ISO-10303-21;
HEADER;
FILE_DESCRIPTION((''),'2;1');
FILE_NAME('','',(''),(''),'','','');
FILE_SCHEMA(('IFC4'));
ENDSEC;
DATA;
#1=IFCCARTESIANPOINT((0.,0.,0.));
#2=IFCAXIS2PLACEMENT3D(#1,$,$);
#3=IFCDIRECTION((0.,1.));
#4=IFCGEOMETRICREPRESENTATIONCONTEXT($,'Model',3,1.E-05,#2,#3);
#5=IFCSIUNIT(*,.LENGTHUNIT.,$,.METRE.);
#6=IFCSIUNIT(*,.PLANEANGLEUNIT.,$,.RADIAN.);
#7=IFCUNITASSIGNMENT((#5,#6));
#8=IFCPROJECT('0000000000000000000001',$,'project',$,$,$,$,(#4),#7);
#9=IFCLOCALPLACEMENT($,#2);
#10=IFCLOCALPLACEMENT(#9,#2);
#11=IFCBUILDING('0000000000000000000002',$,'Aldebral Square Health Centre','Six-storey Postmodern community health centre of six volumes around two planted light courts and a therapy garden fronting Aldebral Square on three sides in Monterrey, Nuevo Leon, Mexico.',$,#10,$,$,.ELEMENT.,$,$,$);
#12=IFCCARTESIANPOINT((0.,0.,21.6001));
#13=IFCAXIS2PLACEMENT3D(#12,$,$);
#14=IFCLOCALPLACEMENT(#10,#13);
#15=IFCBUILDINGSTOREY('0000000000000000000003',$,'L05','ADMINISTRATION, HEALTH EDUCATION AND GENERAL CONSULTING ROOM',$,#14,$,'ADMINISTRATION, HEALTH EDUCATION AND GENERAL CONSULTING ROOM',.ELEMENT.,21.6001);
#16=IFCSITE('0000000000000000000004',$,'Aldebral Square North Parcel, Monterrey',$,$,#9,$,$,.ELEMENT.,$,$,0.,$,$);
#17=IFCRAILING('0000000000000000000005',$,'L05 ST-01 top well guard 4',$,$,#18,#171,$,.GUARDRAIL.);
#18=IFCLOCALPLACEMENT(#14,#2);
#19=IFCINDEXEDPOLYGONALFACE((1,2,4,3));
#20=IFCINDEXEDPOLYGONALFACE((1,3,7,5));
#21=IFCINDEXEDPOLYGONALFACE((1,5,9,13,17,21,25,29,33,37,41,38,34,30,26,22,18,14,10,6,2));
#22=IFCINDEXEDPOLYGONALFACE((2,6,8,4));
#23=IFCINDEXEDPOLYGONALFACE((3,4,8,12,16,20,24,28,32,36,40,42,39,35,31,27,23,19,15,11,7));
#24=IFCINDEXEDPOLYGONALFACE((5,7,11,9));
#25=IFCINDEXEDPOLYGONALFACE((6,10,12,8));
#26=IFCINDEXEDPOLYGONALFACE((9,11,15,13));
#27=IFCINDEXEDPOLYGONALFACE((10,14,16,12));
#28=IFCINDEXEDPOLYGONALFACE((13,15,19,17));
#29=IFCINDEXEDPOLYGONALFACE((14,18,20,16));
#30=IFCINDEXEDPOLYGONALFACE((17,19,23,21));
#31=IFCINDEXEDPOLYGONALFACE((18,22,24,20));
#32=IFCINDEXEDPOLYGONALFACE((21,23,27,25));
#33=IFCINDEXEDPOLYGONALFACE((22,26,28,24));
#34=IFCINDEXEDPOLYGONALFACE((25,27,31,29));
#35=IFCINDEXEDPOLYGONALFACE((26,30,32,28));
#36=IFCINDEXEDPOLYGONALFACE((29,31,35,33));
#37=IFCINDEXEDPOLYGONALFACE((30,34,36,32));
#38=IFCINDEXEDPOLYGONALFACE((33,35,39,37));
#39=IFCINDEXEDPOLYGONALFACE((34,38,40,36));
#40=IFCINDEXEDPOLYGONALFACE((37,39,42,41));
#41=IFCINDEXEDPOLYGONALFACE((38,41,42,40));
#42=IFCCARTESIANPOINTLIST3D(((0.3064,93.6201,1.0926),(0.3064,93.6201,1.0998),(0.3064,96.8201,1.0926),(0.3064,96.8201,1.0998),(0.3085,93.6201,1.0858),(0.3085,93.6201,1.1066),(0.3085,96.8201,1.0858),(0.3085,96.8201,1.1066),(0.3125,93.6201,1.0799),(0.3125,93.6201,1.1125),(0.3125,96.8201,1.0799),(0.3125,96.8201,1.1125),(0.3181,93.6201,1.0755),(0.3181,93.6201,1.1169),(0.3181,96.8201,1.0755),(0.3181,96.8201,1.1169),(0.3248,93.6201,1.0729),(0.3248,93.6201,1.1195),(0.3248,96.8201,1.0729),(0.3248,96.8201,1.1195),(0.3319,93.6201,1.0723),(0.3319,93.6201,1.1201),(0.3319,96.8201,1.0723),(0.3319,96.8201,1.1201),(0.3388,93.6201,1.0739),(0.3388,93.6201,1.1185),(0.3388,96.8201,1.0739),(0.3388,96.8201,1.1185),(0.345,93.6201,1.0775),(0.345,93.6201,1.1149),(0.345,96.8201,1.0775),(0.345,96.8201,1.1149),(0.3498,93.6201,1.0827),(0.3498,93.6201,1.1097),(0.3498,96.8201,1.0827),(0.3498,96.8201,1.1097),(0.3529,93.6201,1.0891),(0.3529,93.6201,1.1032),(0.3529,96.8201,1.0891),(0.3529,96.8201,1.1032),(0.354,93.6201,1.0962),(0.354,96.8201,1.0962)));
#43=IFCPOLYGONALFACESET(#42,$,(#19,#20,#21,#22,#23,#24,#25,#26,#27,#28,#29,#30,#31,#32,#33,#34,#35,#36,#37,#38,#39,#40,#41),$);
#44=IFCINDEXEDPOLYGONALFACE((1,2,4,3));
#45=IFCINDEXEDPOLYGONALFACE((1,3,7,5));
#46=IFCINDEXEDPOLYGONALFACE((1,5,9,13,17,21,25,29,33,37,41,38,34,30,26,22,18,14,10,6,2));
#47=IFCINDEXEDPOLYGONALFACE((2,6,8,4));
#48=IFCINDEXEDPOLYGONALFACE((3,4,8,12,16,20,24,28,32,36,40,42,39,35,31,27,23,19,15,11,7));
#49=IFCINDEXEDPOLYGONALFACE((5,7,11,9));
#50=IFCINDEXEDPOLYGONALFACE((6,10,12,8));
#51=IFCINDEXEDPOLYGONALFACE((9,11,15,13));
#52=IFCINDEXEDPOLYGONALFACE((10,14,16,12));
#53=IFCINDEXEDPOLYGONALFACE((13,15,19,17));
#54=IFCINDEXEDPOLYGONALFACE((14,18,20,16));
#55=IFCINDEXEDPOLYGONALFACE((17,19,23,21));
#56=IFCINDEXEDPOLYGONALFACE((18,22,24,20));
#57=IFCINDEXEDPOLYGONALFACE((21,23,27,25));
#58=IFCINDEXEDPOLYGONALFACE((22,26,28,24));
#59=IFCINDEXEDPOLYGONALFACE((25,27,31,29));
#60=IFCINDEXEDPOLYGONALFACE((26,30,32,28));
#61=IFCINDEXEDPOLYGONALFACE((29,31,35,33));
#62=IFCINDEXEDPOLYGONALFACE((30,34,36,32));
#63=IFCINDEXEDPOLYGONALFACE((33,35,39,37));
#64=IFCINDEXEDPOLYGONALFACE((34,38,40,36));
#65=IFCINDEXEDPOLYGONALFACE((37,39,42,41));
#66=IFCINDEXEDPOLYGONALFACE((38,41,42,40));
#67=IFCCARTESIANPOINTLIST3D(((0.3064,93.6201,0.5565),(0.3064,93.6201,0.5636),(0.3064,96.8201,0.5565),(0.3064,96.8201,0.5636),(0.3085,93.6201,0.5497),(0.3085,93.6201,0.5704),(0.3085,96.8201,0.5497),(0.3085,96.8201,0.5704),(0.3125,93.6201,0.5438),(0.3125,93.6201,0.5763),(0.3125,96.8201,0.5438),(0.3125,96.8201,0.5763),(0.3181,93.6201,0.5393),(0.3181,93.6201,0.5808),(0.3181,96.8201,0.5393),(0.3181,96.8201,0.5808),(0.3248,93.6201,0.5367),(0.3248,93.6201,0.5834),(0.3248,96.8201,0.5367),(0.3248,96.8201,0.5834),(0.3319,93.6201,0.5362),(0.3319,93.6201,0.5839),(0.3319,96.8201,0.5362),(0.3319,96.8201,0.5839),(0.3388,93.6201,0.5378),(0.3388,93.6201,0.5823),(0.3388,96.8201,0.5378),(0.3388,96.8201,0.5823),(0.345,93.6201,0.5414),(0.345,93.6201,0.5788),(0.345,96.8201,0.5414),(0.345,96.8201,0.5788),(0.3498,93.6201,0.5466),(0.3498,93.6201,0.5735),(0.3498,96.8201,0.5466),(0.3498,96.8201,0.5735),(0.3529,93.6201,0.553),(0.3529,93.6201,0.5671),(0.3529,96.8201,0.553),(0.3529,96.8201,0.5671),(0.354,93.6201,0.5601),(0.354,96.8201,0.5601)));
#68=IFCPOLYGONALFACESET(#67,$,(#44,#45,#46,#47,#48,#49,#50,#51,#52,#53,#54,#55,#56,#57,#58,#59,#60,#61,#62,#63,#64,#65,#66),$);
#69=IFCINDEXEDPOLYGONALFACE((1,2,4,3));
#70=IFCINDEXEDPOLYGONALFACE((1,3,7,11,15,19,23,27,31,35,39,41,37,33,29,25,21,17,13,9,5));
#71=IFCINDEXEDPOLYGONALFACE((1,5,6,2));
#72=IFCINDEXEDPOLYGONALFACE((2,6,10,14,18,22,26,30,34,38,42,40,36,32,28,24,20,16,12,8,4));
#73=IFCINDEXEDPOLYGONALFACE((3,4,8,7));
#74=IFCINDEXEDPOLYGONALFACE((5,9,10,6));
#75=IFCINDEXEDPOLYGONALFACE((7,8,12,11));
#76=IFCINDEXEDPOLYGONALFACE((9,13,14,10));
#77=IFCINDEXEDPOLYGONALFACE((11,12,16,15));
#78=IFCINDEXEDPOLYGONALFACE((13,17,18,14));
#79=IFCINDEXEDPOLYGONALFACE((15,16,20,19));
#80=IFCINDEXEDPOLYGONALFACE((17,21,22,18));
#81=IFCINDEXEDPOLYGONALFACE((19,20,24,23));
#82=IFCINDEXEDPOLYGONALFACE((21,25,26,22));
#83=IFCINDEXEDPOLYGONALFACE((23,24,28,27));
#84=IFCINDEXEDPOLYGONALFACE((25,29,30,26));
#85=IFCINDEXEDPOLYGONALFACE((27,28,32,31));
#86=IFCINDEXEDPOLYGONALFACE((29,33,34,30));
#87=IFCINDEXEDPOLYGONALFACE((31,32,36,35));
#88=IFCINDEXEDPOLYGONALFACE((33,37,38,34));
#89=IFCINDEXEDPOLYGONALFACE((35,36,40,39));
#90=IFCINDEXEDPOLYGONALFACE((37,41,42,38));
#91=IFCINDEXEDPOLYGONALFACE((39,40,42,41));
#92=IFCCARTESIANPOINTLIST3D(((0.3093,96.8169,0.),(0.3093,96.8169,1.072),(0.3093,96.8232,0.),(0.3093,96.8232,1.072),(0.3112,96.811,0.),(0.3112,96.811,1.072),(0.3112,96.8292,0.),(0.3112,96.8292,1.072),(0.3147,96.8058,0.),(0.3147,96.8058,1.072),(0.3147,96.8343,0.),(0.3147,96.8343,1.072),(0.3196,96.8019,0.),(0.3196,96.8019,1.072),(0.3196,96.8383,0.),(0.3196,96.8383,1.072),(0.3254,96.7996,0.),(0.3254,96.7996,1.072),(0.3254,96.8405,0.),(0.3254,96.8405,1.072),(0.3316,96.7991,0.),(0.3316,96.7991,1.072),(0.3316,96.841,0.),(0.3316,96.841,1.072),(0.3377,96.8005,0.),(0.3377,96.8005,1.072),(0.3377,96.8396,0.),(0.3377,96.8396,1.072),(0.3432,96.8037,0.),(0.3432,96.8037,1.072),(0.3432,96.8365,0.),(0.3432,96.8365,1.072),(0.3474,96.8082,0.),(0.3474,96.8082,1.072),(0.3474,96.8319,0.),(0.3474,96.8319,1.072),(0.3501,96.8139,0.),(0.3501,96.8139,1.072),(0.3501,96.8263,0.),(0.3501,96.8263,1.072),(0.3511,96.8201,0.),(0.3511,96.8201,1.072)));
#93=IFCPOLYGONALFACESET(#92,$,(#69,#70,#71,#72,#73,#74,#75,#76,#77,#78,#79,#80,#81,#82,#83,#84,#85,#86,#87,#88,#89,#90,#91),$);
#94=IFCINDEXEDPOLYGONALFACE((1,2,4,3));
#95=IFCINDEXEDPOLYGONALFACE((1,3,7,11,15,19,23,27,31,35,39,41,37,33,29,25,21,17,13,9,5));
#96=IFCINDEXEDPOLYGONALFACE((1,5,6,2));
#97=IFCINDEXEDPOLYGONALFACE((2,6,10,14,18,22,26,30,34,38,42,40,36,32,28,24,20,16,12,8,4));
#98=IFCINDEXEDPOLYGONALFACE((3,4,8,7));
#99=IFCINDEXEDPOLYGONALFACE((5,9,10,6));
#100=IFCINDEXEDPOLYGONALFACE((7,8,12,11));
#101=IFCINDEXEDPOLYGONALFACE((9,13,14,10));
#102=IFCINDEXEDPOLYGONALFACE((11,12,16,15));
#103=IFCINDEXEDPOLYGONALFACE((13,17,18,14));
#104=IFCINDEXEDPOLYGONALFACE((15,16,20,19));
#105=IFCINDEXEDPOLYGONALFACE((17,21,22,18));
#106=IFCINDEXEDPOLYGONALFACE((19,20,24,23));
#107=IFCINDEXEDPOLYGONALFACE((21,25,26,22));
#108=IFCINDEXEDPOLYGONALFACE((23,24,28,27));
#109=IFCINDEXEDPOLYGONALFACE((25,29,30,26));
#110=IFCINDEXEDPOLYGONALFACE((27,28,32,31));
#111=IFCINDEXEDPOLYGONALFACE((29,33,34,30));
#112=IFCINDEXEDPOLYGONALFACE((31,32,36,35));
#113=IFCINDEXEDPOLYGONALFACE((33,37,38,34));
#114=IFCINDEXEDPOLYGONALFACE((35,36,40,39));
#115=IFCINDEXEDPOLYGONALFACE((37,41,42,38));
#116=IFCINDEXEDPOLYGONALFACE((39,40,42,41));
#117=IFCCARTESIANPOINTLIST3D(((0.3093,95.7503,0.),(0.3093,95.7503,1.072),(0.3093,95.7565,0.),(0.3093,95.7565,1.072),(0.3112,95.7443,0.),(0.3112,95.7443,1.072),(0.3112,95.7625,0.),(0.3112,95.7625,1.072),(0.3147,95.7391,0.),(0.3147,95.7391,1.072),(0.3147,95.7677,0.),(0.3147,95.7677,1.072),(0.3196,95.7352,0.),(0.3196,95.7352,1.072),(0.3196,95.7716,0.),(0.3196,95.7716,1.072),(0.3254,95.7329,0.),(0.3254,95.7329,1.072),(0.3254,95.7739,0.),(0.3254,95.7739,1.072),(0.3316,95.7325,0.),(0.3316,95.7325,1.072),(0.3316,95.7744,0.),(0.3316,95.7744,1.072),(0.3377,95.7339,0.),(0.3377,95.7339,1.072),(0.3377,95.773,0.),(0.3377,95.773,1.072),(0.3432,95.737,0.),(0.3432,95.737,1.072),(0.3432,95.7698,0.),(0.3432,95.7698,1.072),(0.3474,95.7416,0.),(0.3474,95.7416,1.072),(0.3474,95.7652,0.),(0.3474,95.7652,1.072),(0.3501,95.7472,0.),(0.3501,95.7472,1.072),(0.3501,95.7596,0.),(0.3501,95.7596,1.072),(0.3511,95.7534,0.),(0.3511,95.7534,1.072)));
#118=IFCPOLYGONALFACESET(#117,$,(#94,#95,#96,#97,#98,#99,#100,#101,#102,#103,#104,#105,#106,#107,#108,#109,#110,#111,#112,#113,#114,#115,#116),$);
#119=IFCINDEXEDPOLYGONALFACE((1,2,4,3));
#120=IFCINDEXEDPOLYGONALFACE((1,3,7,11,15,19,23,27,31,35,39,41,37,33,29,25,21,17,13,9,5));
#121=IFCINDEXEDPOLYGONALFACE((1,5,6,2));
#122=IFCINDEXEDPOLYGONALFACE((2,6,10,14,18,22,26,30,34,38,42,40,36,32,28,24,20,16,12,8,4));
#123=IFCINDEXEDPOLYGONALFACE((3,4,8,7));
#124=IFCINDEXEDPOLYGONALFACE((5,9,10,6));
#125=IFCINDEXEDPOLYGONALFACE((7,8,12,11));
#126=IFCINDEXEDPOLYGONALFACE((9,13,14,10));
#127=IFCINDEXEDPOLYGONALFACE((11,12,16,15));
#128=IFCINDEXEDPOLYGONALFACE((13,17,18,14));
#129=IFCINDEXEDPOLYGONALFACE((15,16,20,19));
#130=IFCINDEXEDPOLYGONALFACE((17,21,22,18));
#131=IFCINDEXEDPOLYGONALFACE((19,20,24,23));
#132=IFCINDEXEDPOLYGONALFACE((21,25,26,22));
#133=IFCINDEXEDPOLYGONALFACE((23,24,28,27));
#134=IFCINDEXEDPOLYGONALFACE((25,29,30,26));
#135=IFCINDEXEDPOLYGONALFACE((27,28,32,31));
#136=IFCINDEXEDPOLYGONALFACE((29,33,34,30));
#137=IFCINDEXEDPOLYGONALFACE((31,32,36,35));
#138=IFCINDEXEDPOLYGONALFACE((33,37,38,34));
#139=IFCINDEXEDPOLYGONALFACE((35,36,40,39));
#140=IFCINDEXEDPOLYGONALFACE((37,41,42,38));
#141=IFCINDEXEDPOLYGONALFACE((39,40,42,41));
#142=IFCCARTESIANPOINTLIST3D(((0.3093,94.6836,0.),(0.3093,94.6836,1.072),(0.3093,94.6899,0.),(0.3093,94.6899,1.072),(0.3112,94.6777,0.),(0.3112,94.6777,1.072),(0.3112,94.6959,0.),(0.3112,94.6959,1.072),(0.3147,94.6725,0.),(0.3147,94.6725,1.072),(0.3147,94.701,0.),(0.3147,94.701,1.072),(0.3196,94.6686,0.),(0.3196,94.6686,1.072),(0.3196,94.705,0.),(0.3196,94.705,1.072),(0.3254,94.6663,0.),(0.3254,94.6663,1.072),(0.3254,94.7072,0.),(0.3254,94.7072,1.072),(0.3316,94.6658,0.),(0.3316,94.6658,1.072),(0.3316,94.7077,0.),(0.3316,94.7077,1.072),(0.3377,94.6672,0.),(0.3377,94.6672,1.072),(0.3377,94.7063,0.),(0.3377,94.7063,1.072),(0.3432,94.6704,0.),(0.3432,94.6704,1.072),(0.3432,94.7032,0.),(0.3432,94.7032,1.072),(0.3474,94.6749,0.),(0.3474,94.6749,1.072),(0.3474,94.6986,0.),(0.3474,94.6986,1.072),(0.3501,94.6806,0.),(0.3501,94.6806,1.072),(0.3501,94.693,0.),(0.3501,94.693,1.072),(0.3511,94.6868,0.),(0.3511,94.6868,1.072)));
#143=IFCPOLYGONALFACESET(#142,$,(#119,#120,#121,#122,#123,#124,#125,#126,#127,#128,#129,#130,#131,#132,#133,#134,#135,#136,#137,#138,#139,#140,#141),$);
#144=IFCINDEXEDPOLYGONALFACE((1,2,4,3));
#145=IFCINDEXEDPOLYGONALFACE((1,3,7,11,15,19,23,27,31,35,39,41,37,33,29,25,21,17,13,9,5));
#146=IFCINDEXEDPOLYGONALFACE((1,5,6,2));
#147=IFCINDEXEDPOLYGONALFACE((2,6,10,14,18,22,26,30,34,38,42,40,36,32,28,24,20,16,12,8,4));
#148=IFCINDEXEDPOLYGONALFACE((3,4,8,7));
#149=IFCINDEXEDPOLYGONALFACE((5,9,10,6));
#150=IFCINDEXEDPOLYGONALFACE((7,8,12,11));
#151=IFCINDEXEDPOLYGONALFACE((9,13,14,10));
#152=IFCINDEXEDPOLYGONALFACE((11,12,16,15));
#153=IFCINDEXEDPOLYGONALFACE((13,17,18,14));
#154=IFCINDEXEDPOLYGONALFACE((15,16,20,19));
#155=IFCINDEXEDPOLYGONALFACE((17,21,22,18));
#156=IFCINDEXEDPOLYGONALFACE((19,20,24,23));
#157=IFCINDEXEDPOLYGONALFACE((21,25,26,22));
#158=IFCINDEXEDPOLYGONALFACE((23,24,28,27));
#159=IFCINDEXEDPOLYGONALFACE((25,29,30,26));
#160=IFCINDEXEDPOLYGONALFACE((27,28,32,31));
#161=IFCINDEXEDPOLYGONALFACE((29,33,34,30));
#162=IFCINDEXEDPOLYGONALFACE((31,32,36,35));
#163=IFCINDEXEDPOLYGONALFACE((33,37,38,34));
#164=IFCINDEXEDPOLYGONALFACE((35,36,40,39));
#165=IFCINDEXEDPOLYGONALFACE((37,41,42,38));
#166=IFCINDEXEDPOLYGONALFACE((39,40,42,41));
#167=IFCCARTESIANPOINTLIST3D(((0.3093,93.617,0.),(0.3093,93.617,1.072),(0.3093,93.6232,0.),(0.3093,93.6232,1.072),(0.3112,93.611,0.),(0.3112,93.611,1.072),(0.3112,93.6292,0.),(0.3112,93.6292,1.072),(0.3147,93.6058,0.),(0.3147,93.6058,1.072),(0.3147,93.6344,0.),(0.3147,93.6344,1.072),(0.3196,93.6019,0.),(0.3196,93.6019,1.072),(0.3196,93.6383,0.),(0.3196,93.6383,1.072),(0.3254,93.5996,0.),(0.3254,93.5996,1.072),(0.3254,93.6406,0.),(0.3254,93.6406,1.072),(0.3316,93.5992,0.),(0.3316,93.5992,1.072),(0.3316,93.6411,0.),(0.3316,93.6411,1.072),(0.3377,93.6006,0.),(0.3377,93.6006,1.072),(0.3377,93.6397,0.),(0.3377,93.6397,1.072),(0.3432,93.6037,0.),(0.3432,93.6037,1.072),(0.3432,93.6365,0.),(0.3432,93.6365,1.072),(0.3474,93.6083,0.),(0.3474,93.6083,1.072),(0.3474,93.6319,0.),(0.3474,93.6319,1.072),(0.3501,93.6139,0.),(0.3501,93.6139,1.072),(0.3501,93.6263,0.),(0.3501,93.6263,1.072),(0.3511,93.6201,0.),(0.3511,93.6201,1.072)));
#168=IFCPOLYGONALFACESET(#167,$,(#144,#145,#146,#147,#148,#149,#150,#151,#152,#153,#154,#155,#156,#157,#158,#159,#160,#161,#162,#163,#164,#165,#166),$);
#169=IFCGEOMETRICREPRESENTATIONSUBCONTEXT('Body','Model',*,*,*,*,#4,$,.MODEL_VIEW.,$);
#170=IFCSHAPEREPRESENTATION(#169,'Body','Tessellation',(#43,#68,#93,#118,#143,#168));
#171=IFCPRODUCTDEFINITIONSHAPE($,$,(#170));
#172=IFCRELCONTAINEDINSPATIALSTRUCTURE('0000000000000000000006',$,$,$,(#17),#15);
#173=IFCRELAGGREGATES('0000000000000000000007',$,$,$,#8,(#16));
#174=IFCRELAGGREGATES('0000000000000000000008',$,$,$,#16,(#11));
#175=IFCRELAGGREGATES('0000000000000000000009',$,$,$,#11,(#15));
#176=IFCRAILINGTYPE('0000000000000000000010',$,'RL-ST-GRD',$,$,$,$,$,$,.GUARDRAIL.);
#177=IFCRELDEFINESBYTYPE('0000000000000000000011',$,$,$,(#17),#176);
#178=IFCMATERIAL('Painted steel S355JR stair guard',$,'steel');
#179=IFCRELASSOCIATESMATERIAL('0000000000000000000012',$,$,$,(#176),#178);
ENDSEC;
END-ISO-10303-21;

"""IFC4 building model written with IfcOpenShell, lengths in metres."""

from ifc_helpers import new_model, si_unit, direction, frame, origin, origin_2d, place, context, subcontext, project, spatial, circle, extrude, material, type_object, element, save


model = new_model("IFC4")

# Units and contexts
model_context = context("Model", 3, precision=1e-05, world=origin(), true_north=direction((0.0, 1.0)))
body_context = subcontext(model_context, "Body", "Model", "MODEL_VIEW")
ifc_project = project(units=[si_unit("LENGTHUNIT", "METRE"), si_unit("PLANEANGLEUNIT", "RADIAN")], contexts=[model_context])

# Site, building, storey
site_placement = place(None, origin())
site = spatial("IfcSite", under=ifc_project, at=site_placement, Name="Aldebral Square North Parcel, Monterrey", CompositionType="ELEMENT", RefElevation=0.0)
building_placement = place(site_placement, origin())
building = spatial("IfcBuilding", under=site, at=building_placement, Name="Aldebral Square Health Centre", Description="Six-storey Postmodern community health centre of six volumes around two planted light courts and a therapy garden fronting Aldebral Square on three sides in Monterrey, Nuevo Leon, Mexico.", CompositionType="ELEMENT")
storey_placement = place(building_placement, frame((0.0, 0.0, 21.6001)))
storey = spatial("IfcBuildingStorey", under=building, at=storey_placement, Name="L05", Description="ADMINISTRATION, HEALTH EDUCATION AND GENERAL CONSULTING ROOM", LongName="ADMINISTRATION, HEALTH EDUCATION AND GENERAL CONSULTING ROOM", CompositionType="ELEMENT", Elevation=21.6001)

# Railing
ifc_material_1 = material(Name="Painted steel S355JR stair guard", Category="steel")
railing_type = type_object("IfcRailingType", Name="RL-ST-GRD", PredefinedType="GUARDRAIL", material=ifc_material_1)
railing_1_placement = place(storey_placement, frame((0.3301, 96.8201, 0.0)))
element("IfcRailing", 1, at=railing_1_placement, inside=storey, type_object=railing_type, Name="L05 ST-01 top well guard 4", PredefinedType="GUARDRAIL", context=body_context, shape_type="SweptSolid", body=[
    extrude(circle(Radius=0.0239, at=origin_2d()), frame((0.0, 0.0, 1.0962), z_axis=(0.0, -1.0, 0.0), x_axis=(1.0, 0.0, 0.0)), (0.0, 0.0, 1.0), 3.2),
    extrude(circle(Radius=0.0239, at=origin_2d()), frame((0.0, 0.0, 0.5601), z_axis=(0.0, -1.0, 0.0), x_axis=(1.0, 0.0, 0.0)), (0.0, 0.0, 1.0), 3.2),
    extrude(circle(Radius=0.021, at=origin_2d()), origin(), (0.0, 0.0, 1.0), 1.072),
    extrude(circle(Radius=0.021, at=origin_2d()), frame((0.0, -1.0667, 0.0)), (0.0, 0.0, 1.0), 1.072),
    extrude(circle(Radius=0.021, at=origin_2d()), frame((0.0, -2.1333, 0.0)), (0.0, 0.0, 1.0), 1.072),
    extrude(circle(Radius=0.021, at=origin_2d()), frame((0.0, -3.2, 0.0)), (0.0, 0.0, 1.0), 1.072),
])

save(model, "model.ifc")
